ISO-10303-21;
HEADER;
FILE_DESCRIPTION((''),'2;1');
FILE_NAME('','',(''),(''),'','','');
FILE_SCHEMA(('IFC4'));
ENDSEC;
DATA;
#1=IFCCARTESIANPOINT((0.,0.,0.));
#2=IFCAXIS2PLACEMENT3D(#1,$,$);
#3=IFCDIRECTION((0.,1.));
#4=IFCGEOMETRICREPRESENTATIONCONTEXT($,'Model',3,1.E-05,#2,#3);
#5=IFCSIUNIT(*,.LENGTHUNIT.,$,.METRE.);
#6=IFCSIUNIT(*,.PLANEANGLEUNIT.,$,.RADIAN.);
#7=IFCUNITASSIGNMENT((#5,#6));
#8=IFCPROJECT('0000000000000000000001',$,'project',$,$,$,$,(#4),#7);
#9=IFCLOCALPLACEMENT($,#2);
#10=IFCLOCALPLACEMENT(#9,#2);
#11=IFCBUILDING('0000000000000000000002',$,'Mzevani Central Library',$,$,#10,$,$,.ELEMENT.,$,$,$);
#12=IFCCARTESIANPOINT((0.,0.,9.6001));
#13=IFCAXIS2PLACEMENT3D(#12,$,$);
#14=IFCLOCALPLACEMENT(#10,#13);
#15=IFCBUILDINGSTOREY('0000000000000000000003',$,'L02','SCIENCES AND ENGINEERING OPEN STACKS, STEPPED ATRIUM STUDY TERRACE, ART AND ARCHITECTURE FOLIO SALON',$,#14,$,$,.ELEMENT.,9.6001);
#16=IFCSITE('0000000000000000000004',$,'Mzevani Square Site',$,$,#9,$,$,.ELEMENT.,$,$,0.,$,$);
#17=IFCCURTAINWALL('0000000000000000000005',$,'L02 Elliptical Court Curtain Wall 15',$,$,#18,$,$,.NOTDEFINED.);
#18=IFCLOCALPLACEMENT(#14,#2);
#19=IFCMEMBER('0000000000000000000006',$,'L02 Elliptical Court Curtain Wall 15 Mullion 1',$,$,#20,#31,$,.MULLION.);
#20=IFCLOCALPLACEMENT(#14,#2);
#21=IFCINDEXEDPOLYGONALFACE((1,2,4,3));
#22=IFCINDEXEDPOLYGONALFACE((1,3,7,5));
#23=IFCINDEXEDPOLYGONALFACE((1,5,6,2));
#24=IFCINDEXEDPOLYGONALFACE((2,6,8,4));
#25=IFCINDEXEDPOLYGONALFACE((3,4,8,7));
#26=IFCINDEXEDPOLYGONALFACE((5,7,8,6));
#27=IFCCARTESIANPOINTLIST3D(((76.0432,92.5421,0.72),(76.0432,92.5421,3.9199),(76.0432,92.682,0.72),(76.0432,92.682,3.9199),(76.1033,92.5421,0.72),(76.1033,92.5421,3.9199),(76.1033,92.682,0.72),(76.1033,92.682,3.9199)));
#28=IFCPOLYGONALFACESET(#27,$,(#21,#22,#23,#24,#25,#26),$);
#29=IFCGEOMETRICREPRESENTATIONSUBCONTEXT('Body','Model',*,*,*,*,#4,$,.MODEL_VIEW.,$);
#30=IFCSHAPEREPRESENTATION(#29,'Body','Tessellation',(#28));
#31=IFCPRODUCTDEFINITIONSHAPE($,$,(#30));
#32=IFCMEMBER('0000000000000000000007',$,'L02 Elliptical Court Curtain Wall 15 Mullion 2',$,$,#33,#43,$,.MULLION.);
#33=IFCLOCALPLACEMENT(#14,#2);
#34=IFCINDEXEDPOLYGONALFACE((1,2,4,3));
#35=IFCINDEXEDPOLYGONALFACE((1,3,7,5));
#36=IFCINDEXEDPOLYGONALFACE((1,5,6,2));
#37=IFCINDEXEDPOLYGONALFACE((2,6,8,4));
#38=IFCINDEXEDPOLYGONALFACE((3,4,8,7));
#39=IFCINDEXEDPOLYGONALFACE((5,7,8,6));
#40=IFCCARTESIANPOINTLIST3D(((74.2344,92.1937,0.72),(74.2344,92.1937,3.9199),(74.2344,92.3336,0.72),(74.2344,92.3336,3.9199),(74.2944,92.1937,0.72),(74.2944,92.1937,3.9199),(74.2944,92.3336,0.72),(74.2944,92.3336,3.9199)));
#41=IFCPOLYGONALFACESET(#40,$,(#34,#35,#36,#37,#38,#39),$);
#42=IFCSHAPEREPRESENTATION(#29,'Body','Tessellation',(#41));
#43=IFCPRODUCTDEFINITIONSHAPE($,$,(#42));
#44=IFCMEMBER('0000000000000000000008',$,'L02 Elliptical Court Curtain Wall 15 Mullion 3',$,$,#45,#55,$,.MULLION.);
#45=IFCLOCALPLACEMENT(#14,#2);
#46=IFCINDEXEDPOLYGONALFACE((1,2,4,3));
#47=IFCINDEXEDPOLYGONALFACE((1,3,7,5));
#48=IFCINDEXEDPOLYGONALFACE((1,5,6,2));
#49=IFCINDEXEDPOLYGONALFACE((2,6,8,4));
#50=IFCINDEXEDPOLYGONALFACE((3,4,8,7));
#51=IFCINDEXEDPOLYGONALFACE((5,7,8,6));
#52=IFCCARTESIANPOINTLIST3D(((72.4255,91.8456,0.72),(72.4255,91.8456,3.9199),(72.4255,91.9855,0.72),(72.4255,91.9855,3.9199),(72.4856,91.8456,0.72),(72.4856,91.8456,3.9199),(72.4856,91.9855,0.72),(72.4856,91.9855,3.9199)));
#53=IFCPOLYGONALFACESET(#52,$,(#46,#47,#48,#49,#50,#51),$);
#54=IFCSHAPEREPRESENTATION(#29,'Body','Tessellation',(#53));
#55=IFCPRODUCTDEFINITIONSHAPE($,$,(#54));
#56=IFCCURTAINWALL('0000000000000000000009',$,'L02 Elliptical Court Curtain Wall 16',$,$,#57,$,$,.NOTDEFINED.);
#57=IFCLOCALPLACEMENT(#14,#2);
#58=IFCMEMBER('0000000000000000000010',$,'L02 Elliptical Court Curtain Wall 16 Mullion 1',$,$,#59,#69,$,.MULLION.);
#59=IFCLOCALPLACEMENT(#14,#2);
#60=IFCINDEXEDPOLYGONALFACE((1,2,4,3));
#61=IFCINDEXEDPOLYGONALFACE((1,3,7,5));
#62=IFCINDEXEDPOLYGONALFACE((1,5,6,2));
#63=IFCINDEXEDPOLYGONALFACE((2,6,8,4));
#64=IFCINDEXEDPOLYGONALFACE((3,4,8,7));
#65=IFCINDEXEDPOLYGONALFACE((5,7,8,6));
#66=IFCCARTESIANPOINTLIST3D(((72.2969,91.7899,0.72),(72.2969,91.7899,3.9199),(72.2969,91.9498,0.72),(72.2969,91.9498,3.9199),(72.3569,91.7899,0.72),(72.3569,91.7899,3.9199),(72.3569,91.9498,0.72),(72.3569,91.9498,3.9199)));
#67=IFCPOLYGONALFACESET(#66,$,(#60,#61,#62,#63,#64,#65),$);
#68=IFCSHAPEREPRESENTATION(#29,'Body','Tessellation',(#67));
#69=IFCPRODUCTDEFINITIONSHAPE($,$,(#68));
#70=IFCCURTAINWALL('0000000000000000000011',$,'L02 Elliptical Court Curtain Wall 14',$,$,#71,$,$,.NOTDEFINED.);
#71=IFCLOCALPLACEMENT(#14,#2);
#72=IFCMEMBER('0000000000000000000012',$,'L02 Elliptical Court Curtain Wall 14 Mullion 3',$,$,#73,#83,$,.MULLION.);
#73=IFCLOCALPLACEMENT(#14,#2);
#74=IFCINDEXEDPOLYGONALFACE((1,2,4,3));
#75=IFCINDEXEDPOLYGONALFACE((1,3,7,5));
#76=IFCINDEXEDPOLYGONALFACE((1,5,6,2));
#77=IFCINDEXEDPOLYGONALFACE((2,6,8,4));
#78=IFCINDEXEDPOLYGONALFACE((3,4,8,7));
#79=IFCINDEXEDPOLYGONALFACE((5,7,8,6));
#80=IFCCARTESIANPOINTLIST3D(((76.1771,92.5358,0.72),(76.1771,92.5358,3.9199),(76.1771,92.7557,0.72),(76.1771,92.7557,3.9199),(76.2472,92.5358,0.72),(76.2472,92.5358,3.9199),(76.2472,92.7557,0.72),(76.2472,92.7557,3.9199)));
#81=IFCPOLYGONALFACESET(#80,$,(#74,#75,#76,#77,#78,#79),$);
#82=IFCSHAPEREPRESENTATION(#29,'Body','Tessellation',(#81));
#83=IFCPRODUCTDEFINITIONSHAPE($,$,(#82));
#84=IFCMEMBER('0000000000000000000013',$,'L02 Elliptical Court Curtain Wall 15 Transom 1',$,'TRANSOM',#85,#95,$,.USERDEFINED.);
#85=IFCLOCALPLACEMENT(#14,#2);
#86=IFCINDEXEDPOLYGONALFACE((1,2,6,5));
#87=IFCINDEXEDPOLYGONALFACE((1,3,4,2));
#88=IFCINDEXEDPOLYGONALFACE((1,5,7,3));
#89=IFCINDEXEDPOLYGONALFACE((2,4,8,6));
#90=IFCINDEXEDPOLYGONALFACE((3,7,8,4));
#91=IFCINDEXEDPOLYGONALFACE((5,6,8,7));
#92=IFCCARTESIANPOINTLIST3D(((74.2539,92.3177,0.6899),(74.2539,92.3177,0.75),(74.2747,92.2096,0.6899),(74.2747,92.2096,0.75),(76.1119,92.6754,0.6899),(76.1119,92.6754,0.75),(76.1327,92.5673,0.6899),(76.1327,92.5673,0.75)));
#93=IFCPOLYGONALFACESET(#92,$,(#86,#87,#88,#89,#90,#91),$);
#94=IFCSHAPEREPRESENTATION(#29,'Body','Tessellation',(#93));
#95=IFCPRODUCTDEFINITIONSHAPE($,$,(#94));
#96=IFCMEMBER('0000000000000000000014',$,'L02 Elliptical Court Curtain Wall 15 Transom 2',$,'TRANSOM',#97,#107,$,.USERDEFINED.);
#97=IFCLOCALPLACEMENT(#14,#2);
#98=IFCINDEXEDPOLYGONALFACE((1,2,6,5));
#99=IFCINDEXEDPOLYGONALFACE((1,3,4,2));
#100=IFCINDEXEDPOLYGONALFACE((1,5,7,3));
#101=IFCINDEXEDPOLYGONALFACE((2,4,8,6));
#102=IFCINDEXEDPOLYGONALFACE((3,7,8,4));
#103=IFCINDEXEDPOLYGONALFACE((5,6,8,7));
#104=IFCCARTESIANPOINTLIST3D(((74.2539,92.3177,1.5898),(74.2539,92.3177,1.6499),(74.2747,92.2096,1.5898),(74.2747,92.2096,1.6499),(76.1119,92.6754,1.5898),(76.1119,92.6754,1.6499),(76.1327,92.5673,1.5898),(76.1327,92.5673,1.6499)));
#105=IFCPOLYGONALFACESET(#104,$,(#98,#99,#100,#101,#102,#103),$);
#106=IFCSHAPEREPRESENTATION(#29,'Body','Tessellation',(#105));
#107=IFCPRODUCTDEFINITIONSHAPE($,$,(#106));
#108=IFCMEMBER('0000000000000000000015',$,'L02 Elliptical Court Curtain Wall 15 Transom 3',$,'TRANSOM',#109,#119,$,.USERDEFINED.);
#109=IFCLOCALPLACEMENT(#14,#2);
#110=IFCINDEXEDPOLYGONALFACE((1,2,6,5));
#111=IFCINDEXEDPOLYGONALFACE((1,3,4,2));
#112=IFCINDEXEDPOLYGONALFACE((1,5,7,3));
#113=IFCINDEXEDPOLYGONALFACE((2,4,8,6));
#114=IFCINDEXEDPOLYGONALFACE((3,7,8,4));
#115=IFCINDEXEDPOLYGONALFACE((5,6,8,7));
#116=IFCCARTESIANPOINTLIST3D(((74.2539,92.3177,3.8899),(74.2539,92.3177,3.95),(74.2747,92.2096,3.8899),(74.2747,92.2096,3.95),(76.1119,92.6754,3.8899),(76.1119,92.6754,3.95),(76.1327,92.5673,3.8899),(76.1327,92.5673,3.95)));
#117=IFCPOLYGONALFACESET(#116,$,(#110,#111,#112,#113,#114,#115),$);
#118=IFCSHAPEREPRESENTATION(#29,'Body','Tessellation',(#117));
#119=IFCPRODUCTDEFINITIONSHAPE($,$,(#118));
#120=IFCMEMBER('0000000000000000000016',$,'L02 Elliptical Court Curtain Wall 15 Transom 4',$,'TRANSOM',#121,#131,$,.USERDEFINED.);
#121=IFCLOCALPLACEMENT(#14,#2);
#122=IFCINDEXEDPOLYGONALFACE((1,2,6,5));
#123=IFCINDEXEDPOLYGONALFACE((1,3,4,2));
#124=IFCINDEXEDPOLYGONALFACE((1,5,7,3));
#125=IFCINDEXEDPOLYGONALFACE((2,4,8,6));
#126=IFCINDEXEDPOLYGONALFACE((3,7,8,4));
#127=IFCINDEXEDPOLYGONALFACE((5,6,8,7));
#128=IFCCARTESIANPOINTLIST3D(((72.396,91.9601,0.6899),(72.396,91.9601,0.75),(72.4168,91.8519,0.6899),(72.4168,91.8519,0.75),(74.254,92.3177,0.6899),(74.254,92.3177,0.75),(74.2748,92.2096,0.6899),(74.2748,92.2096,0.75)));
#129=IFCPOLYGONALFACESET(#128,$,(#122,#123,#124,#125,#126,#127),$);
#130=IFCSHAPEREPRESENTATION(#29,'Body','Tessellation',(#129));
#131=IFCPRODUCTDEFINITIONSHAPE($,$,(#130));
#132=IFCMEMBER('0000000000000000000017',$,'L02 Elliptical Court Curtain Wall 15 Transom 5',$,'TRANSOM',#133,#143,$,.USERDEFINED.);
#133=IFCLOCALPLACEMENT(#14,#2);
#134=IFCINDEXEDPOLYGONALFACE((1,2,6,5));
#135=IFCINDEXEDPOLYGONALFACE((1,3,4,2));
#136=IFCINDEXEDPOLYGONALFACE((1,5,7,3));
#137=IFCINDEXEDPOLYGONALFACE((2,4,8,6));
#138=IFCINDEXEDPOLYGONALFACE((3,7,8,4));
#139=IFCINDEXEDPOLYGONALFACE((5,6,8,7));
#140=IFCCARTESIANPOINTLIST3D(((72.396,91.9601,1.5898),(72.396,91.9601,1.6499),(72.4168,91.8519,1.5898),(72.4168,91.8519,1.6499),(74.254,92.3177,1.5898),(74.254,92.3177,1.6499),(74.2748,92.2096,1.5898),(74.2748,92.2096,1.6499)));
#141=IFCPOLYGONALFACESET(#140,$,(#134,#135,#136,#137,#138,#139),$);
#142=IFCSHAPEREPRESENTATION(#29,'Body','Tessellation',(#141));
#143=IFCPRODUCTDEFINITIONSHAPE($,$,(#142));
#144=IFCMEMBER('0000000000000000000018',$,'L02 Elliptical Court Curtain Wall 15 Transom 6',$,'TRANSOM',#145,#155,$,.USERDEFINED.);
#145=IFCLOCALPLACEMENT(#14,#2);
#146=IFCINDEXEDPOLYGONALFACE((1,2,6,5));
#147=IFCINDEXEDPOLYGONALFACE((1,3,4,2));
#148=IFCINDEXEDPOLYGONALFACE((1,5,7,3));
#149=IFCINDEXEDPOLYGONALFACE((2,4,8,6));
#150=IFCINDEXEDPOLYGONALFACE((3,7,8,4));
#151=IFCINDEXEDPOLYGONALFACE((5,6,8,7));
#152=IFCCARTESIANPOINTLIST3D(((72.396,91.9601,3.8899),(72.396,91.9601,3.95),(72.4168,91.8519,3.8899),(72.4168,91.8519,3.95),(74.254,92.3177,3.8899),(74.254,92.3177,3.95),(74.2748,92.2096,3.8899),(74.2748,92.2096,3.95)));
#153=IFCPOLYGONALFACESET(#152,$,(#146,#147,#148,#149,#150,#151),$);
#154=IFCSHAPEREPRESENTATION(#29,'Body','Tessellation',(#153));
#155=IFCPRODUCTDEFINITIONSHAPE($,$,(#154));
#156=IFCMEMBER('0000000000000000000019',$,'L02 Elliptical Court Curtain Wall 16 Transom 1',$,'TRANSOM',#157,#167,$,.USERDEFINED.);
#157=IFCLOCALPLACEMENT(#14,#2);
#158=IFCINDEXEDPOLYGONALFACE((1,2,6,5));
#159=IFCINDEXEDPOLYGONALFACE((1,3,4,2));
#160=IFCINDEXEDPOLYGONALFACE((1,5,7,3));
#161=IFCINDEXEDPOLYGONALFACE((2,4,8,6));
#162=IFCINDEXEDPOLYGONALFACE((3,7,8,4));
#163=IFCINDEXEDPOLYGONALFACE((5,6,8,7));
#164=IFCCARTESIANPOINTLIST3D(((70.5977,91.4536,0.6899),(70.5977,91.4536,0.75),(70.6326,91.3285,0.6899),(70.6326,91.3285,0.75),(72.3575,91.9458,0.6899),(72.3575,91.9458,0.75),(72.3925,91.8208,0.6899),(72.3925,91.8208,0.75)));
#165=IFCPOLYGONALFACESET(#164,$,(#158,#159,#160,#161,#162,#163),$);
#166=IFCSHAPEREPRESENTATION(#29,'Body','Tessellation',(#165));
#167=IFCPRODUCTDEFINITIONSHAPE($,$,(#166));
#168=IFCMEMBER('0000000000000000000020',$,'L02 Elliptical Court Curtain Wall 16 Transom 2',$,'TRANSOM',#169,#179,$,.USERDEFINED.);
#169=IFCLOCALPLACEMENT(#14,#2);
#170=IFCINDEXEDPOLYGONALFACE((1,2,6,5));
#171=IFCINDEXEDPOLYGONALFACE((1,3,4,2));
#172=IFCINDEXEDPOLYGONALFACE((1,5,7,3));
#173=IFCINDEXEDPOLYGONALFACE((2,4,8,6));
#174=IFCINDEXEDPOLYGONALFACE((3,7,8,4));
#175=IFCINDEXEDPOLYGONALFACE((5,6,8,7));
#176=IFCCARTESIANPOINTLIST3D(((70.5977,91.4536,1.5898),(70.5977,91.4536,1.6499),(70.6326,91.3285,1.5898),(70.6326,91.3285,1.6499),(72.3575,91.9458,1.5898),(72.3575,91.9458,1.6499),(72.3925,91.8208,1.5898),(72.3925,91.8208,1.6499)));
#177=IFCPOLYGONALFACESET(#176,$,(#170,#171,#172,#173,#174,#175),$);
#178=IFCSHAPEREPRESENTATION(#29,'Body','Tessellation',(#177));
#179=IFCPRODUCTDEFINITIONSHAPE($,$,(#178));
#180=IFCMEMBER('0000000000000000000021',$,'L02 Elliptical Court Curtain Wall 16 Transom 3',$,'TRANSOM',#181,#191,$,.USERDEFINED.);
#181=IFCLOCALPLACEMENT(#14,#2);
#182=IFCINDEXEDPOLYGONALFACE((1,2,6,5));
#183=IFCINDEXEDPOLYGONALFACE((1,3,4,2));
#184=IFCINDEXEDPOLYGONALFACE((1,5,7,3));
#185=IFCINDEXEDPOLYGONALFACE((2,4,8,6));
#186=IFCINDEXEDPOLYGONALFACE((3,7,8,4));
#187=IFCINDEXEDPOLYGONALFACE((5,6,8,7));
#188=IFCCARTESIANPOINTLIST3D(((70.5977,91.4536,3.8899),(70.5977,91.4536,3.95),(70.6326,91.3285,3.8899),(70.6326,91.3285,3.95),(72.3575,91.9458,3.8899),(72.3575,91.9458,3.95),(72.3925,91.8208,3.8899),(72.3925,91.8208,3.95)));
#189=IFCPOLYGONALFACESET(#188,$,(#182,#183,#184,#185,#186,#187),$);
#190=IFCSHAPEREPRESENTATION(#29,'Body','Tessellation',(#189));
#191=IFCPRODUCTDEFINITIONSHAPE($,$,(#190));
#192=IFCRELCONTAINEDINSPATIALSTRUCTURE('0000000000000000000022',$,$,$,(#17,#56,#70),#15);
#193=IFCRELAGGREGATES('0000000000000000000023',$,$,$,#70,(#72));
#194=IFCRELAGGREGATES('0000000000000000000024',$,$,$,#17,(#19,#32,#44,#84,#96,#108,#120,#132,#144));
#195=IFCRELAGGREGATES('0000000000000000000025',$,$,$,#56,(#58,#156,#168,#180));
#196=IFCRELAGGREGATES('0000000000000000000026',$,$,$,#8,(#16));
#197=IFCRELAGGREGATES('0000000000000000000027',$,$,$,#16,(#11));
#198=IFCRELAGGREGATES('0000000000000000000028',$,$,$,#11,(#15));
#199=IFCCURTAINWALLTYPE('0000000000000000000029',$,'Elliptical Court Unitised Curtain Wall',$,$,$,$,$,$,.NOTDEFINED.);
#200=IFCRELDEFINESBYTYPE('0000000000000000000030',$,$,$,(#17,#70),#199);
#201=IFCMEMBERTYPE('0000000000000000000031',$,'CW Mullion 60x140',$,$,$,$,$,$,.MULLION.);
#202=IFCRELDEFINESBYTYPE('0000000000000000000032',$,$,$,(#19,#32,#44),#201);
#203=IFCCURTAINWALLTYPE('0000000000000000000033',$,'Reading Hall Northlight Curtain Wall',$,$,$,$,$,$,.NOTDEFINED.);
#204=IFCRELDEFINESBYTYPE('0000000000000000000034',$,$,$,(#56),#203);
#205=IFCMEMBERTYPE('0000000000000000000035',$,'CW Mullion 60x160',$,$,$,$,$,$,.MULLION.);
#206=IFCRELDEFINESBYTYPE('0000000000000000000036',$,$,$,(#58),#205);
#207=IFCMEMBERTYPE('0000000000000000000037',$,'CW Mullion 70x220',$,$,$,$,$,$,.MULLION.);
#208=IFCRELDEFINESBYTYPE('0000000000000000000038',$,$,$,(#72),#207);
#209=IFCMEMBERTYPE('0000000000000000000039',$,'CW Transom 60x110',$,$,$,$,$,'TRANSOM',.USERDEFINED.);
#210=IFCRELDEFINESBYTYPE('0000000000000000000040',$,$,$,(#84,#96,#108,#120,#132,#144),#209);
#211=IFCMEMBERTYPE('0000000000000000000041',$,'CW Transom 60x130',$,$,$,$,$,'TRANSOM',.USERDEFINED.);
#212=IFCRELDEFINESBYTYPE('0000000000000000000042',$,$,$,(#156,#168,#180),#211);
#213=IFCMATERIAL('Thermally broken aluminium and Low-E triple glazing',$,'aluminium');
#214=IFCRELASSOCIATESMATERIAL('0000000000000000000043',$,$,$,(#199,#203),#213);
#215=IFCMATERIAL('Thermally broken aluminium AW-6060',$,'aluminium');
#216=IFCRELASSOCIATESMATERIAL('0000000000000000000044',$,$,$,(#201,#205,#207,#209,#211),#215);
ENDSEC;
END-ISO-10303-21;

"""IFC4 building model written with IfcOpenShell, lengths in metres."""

from ifc_helpers import new_model, si_unit, direction, frame, origin, origin_2d, place, context, subcontext, project, spatial, rectangle, extrude, material, material_profile, profile_set, type_object, element, aggregate, save


model = new_model("IFC4")

# Units and contexts
model_context = context("Model", 3, precision=1e-05, world=origin(), true_north=direction((0.0, 1.0)))
body_context = subcontext(model_context, "Body", "Model", "MODEL_VIEW")
ifc_project = project(units=[si_unit("LENGTHUNIT", "METRE"), si_unit("PLANEANGLEUNIT", "RADIAN")], contexts=[model_context])

# Site, building, storey
site_placement = place(None, origin())
site = spatial("IfcSite", under=ifc_project, at=site_placement, Name="Mzevani Square Site", CompositionType="ELEMENT", RefElevation=0.0)
building_placement = place(site_placement, origin())
building = spatial("IfcBuilding", under=site, at=building_placement, Name="Mzevani Central Library", CompositionType="ELEMENT")
storey_placement = place(building_placement, frame((0.0, 0.0, 9.6001)))
storey = spatial("IfcBuildingStorey", under=building, at=storey_placement, Name="L02", Description="SCIENCES AND ENGINEERING OPEN STACKS, STEPPED ATRIUM STUDY TERRACE, ART AND ARCHITECTURE FOLIO SALON", CompositionType="ELEMENT", Elevation=9.6001)

# Curtain wall, members
ifc_material_1 = material(Name="Thermally broken aluminium and Low-E triple glazing", Category="aluminium")
curtain_wall_type_1 = type_object("IfcCurtainWallType", Name="Elliptical Court Unitised Curtain Wall", PredefinedType="NOTDEFINED", material=ifc_material_1)
curtain_wall_1_placement = place(storey_placement, origin())
curtain_wall_1 = element("IfcCurtainWall", 1, at=curtain_wall_1_placement, inside=storey, type_object=curtain_wall_type_1, Name="L02 Elliptical Court Curtain Wall 15", PredefinedType="NOTDEFINED")
ifc_material_2 = material(Name="Thermally broken aluminium AW-6060", Category="aluminium")
ifc_material_profile_1 = material_profile(ifc_material_2, rectangle(XDim=0.0601, YDim=0.1399, at=origin_2d()), Name="ALU M60x140")
ifc_profile_set_1 = profile_set([ifc_material_profile_1], Name="Thermally broken aluminium AW-6060")
member_type_1 = type_object("IfcMemberType", Name="CW Mullion 60x140", PredefinedType="MULLION", material=ifc_profile_set_1)
member_1_placement = place(storey_placement, frame((76.0732, 92.6121, 0.72), z_axis=(0.0, 0.0, 1.0), x_axis=(1.0, 0.0, 0.0)))
member_1 = element("IfcMember", 2, at=member_1_placement, type_object=member_type_1, Name="L02 Elliptical Court Curtain Wall 15 Mullion 1", PredefinedType="MULLION", context=body_context, shape_type="SweptSolid", body=[
    extrude(rectangle(XDim=0.0601, YDim=0.1399, at=origin_2d()), origin(), (0.0, 0.0, 1.0), 3.2),
])
member_2_placement = place(storey_placement, frame((74.2644, 92.2637, 0.72), z_axis=(0.0, 0.0, 1.0), x_axis=(1.0, 0.0, 0.0)))
member_2 = element("IfcMember", 3, at=member_2_placement, type_object=member_type_1, Name="L02 Elliptical Court Curtain Wall 15 Mullion 2", PredefinedType="MULLION", context=body_context, shape_type="SweptSolid", body=[
    extrude(rectangle(XDim=0.0601, YDim=0.1399, at=origin_2d()), origin(), (0.0, 0.0, 1.0), 3.2),
])
member_3_placement = place(storey_placement, frame((72.4556, 91.9155, 0.72), z_axis=(0.0, 0.0, 1.0), x_axis=(1.0, 0.0, 0.0)))
member_3 = element("IfcMember", 4, at=member_3_placement, type_object=member_type_1, Name="L02 Elliptical Court Curtain Wall 15 Mullion 3", PredefinedType="MULLION", context=body_context, shape_type="SweptSolid", body=[
    extrude(rectangle(XDim=0.0601, YDim=0.1399, at=origin_2d()), origin(), (0.0, 0.0, 1.0), 3.2),
])

# Curtain walls, members
curtain_wall_type_2 = type_object("IfcCurtainWallType", Name="Reading Hall Northlight Curtain Wall", PredefinedType="NOTDEFINED", material=ifc_material_1)
curtain_wall_2_placement = place(storey_placement, origin())
curtain_wall_2 = element("IfcCurtainWall", 5, at=curtain_wall_2_placement, inside=storey, type_object=curtain_wall_type_2, Name="L02 Elliptical Court Curtain Wall 16", PredefinedType="NOTDEFINED")
ifc_material_profile_2 = material_profile(ifc_material_2, rectangle(XDim=0.0601, YDim=0.1599, at=origin_2d()), Name="ALU M60x160")
ifc_profile_set_2 = profile_set([ifc_material_profile_2], Name="Thermally broken aluminium AW-6060")
member_type_2 = type_object("IfcMemberType", Name="CW Mullion 60x160", PredefinedType="MULLION", material=ifc_profile_set_2)
member_4_placement = place(storey_placement, frame((72.3269, 91.8699, 0.72), z_axis=(0.0, 0.0, 1.0), x_axis=(1.0, 0.0, 0.0)))
member_4 = element("IfcMember", 6, at=member_4_placement, type_object=member_type_2, Name="L02 Elliptical Court Curtain Wall 16 Mullion 1", PredefinedType="MULLION", context=body_context, shape_type="SweptSolid", body=[
    extrude(rectangle(XDim=0.0601, YDim=0.1599, at=origin_2d()), origin(), (0.0, 0.0, 1.0), 3.2),
])
curtain_wall_3_placement = place(storey_placement, origin())
curtain_wall_3 = element("IfcCurtainWall", 7, at=curtain_wall_3_placement, inside=storey, type_object=curtain_wall_type_1, Name="L02 Elliptical Court Curtain Wall 14", PredefinedType="NOTDEFINED")
ifc_material_profile_3 = material_profile(ifc_material_2, rectangle(XDim=0.0701, YDim=0.22, at=origin_2d()), Name="ALU M70x220")
ifc_profile_set_3 = profile_set([ifc_material_profile_3], Name="Thermally broken aluminium AW-6060")
member_type_3 = type_object("IfcMemberType", Name="CW Mullion 70x220", PredefinedType="MULLION", material=ifc_profile_set_3)
member_5_placement = place(storey_placement, frame((76.2122, 92.6458, 0.72), z_axis=(0.0, 0.0, 1.0), x_axis=(1.0, 0.0, 0.0)))
member_5 = element("IfcMember", 8, at=member_5_placement, type_object=member_type_3, Name="L02 Elliptical Court Curtain Wall 14 Mullion 3", PredefinedType="MULLION", context=body_context, shape_type="SweptSolid", body=[
    extrude(rectangle(XDim=0.0701, YDim=0.22, at=origin_2d()), origin(), (0.0, 0.0, 1.0), 3.2),
])
aggregate(curtain_wall_3, [member_5])

# Members
ifc_material_profile_4 = material_profile(ifc_material_2, rectangle(XDim=0.1101, YDim=0.0601, at=origin_2d()), Name="ALU T60x110")
ifc_profile_set_4 = profile_set([ifc_material_profile_4], Name="Thermally broken aluminium AW-6060")
member_type_4 = type_object("IfcMemberType", Name="CW Transom 60x110", ElementType="TRANSOM", PredefinedType="USERDEFINED", material=ifc_profile_set_4)
member_6_placement = place(storey_placement, frame((76.1223, 92.6213, 0.72), z_axis=(-0.98197, -0.189039, 0.0), x_axis=(0.189039, -0.98197, 0.0)))
member_6 = element("IfcMember", 9, at=member_6_placement, type_object=member_type_4, Name="L02 Elliptical Court Curtain Wall 15 Transom 1", ObjectType="TRANSOM", PredefinedType="USERDEFINED", context=body_context, shape_type="SweptSolid", body=[
    extrude(rectangle(XDim=0.1101, YDim=0.0601, at=origin_2d()), origin(), (0.0, 0.0, 1.0), 1.8921),
])
member_7_placement = place(storey_placement, frame((76.1223, 92.6213, 1.6199), z_axis=(-0.98197, -0.189039, 0.0), x_axis=(0.189039, -0.98197, 0.0)))
member_7 = element("IfcMember", 10, at=member_7_placement, type_object=member_type_4, Name="L02 Elliptical Court Curtain Wall 15 Transom 2", ObjectType="TRANSOM", PredefinedType="USERDEFINED", context=body_context, shape_type="SweptSolid", body=[
    extrude(rectangle(XDim=0.1101, YDim=0.0601, at=origin_2d()), origin(), (0.0, 0.0, 1.0), 1.8921),
])
member_8_placement = place(storey_placement, frame((76.1223, 92.6213, 3.9199), z_axis=(-0.98197, -0.189039, 0.0), x_axis=(0.189039, -0.98197, 0.0)))
member_8 = element("IfcMember", 11, at=member_8_placement, type_object=member_type_4, Name="L02 Elliptical Court Curtain Wall 15 Transom 3", ObjectType="TRANSOM", PredefinedType="USERDEFINED", context=body_context, shape_type="SweptSolid", body=[
    extrude(rectangle(XDim=0.1101, YDim=0.0601, at=origin_2d()), origin(), (0.0, 0.0, 1.0), 1.8921),
])
member_9_placement = place(storey_placement, frame((74.2644, 92.2637, 0.72), z_axis=(-0.98197, -0.189039, 0.0), x_axis=(0.189039, -0.98197, 0.0)))
member_9 = element("IfcMember", 12, at=member_9_placement, type_object=member_type_4, Name="L02 Elliptical Court Curtain Wall 15 Transom 4", ObjectType="TRANSOM", PredefinedType="USERDEFINED", context=body_context, shape_type="SweptSolid", body=[
    extrude(rectangle(XDim=0.1101, YDim=0.0601, at=origin_2d()), origin(), (0.0, 0.0, 1.0), 1.8921),
])
member_10_placement = place(storey_placement, frame((74.2644, 92.2637, 1.6199), z_axis=(-0.98197, -0.189039, 0.0), x_axis=(0.189039, -0.98197, 0.0)))
member_10 = element("IfcMember", 13, at=member_10_placement, type_object=member_type_4, Name="L02 Elliptical Court Curtain Wall 15 Transom 5", ObjectType="TRANSOM", PredefinedType="USERDEFINED", context=body_context, shape_type="SweptSolid", body=[
    extrude(rectangle(XDim=0.1101, YDim=0.0601, at=origin_2d()), origin(), (0.0, 0.0, 1.0), 1.8921),
])
member_11_placement = place(storey_placement, frame((74.2644, 92.2637, 3.9199), z_axis=(-0.98197, -0.189039, 0.0), x_axis=(0.189039, -0.98197, 0.0)))
member_11 = element("IfcMember", 14, at=member_11_placement, type_object=member_type_4, Name="L02 Elliptical Court Curtain Wall 15 Transom 6", ObjectType="TRANSOM", PredefinedType="USERDEFINED", context=body_context, shape_type="SweptSolid", body=[
    extrude(rectangle(XDim=0.1101, YDim=0.0601, at=origin_2d()), origin(), (0.0, 0.0, 1.0), 1.8921),
])
ifc_material_profile_5 = material_profile(ifc_material_2, rectangle(XDim=0.1299, YDim=0.0601, at=origin_2d()), Name="ALU T60x130")
ifc_profile_set_5 = profile_set([ifc_material_profile_5], Name="Thermally broken aluminium AW-6060")
member_type_5 = type_object("IfcMemberType", Name="CW Transom 60x130", ElementType="TRANSOM", PredefinedType="USERDEFINED", material=ifc_profile_set_5)
member_12_placement = place(storey_placement, frame((72.375, 91.8833, 0.72), z_axis=(-0.963042, -0.269352, 0.0), x_axis=(0.269352, -0.963042, 0.0)))
member_12 = element("IfcMember", 15, at=member_12_placement, type_object=member_type_5, Name="L02 Elliptical Court Curtain Wall 16 Transom 1", ObjectType="TRANSOM", PredefinedType="USERDEFINED", context=body_context, shape_type="SweptSolid", body=[
    extrude(rectangle(XDim=0.1299, YDim=0.0601, at=origin_2d()), origin(), (0.0, 0.0, 1.0), 1.8274),
])
member_13_placement = place(storey_placement, frame((72.375, 91.8833, 1.6199), z_axis=(-0.963042, -0.269352, 0.0), x_axis=(0.269352, -0.963042, 0.0)))
member_13 = element("IfcMember", 16, at=member_13_placement, type_object=member_type_5, Name="L02 Elliptical Court Curtain Wall 16 Transom 2", ObjectType="TRANSOM", PredefinedType="USERDEFINED", context=body_context, shape_type="SweptSolid", body=[
    extrude(rectangle(XDim=0.1299, YDim=0.0601, at=origin_2d()), origin(), (0.0, 0.0, 1.0), 1.8274),
])
member_14_placement = place(storey_placement, frame((72.375, 91.8833, 3.9199), z_axis=(-0.963042, -0.269352, 0.0), x_axis=(0.269352, -0.963042, 0.0)))
member_14 = element("IfcMember", 17, at=member_14_placement, type_object=member_type_5, Name="L02 Elliptical Court Curtain Wall 16 Transom 3", ObjectType="TRANSOM", PredefinedType="USERDEFINED", context=body_context, shape_type="SweptSolid", body=[
    extrude(rectangle(XDim=0.1299, YDim=0.0601, at=origin_2d()), origin(), (0.0, 0.0, 1.0), 1.8274),
])

aggregate(curtain_wall_1, [member_1, member_2, member_3, member_6, member_7, member_8, member_9, member_10, member_11])
aggregate(curtain_wall_2, [member_4, member_12, member_13, member_14])

save(model, "model.ifc")
